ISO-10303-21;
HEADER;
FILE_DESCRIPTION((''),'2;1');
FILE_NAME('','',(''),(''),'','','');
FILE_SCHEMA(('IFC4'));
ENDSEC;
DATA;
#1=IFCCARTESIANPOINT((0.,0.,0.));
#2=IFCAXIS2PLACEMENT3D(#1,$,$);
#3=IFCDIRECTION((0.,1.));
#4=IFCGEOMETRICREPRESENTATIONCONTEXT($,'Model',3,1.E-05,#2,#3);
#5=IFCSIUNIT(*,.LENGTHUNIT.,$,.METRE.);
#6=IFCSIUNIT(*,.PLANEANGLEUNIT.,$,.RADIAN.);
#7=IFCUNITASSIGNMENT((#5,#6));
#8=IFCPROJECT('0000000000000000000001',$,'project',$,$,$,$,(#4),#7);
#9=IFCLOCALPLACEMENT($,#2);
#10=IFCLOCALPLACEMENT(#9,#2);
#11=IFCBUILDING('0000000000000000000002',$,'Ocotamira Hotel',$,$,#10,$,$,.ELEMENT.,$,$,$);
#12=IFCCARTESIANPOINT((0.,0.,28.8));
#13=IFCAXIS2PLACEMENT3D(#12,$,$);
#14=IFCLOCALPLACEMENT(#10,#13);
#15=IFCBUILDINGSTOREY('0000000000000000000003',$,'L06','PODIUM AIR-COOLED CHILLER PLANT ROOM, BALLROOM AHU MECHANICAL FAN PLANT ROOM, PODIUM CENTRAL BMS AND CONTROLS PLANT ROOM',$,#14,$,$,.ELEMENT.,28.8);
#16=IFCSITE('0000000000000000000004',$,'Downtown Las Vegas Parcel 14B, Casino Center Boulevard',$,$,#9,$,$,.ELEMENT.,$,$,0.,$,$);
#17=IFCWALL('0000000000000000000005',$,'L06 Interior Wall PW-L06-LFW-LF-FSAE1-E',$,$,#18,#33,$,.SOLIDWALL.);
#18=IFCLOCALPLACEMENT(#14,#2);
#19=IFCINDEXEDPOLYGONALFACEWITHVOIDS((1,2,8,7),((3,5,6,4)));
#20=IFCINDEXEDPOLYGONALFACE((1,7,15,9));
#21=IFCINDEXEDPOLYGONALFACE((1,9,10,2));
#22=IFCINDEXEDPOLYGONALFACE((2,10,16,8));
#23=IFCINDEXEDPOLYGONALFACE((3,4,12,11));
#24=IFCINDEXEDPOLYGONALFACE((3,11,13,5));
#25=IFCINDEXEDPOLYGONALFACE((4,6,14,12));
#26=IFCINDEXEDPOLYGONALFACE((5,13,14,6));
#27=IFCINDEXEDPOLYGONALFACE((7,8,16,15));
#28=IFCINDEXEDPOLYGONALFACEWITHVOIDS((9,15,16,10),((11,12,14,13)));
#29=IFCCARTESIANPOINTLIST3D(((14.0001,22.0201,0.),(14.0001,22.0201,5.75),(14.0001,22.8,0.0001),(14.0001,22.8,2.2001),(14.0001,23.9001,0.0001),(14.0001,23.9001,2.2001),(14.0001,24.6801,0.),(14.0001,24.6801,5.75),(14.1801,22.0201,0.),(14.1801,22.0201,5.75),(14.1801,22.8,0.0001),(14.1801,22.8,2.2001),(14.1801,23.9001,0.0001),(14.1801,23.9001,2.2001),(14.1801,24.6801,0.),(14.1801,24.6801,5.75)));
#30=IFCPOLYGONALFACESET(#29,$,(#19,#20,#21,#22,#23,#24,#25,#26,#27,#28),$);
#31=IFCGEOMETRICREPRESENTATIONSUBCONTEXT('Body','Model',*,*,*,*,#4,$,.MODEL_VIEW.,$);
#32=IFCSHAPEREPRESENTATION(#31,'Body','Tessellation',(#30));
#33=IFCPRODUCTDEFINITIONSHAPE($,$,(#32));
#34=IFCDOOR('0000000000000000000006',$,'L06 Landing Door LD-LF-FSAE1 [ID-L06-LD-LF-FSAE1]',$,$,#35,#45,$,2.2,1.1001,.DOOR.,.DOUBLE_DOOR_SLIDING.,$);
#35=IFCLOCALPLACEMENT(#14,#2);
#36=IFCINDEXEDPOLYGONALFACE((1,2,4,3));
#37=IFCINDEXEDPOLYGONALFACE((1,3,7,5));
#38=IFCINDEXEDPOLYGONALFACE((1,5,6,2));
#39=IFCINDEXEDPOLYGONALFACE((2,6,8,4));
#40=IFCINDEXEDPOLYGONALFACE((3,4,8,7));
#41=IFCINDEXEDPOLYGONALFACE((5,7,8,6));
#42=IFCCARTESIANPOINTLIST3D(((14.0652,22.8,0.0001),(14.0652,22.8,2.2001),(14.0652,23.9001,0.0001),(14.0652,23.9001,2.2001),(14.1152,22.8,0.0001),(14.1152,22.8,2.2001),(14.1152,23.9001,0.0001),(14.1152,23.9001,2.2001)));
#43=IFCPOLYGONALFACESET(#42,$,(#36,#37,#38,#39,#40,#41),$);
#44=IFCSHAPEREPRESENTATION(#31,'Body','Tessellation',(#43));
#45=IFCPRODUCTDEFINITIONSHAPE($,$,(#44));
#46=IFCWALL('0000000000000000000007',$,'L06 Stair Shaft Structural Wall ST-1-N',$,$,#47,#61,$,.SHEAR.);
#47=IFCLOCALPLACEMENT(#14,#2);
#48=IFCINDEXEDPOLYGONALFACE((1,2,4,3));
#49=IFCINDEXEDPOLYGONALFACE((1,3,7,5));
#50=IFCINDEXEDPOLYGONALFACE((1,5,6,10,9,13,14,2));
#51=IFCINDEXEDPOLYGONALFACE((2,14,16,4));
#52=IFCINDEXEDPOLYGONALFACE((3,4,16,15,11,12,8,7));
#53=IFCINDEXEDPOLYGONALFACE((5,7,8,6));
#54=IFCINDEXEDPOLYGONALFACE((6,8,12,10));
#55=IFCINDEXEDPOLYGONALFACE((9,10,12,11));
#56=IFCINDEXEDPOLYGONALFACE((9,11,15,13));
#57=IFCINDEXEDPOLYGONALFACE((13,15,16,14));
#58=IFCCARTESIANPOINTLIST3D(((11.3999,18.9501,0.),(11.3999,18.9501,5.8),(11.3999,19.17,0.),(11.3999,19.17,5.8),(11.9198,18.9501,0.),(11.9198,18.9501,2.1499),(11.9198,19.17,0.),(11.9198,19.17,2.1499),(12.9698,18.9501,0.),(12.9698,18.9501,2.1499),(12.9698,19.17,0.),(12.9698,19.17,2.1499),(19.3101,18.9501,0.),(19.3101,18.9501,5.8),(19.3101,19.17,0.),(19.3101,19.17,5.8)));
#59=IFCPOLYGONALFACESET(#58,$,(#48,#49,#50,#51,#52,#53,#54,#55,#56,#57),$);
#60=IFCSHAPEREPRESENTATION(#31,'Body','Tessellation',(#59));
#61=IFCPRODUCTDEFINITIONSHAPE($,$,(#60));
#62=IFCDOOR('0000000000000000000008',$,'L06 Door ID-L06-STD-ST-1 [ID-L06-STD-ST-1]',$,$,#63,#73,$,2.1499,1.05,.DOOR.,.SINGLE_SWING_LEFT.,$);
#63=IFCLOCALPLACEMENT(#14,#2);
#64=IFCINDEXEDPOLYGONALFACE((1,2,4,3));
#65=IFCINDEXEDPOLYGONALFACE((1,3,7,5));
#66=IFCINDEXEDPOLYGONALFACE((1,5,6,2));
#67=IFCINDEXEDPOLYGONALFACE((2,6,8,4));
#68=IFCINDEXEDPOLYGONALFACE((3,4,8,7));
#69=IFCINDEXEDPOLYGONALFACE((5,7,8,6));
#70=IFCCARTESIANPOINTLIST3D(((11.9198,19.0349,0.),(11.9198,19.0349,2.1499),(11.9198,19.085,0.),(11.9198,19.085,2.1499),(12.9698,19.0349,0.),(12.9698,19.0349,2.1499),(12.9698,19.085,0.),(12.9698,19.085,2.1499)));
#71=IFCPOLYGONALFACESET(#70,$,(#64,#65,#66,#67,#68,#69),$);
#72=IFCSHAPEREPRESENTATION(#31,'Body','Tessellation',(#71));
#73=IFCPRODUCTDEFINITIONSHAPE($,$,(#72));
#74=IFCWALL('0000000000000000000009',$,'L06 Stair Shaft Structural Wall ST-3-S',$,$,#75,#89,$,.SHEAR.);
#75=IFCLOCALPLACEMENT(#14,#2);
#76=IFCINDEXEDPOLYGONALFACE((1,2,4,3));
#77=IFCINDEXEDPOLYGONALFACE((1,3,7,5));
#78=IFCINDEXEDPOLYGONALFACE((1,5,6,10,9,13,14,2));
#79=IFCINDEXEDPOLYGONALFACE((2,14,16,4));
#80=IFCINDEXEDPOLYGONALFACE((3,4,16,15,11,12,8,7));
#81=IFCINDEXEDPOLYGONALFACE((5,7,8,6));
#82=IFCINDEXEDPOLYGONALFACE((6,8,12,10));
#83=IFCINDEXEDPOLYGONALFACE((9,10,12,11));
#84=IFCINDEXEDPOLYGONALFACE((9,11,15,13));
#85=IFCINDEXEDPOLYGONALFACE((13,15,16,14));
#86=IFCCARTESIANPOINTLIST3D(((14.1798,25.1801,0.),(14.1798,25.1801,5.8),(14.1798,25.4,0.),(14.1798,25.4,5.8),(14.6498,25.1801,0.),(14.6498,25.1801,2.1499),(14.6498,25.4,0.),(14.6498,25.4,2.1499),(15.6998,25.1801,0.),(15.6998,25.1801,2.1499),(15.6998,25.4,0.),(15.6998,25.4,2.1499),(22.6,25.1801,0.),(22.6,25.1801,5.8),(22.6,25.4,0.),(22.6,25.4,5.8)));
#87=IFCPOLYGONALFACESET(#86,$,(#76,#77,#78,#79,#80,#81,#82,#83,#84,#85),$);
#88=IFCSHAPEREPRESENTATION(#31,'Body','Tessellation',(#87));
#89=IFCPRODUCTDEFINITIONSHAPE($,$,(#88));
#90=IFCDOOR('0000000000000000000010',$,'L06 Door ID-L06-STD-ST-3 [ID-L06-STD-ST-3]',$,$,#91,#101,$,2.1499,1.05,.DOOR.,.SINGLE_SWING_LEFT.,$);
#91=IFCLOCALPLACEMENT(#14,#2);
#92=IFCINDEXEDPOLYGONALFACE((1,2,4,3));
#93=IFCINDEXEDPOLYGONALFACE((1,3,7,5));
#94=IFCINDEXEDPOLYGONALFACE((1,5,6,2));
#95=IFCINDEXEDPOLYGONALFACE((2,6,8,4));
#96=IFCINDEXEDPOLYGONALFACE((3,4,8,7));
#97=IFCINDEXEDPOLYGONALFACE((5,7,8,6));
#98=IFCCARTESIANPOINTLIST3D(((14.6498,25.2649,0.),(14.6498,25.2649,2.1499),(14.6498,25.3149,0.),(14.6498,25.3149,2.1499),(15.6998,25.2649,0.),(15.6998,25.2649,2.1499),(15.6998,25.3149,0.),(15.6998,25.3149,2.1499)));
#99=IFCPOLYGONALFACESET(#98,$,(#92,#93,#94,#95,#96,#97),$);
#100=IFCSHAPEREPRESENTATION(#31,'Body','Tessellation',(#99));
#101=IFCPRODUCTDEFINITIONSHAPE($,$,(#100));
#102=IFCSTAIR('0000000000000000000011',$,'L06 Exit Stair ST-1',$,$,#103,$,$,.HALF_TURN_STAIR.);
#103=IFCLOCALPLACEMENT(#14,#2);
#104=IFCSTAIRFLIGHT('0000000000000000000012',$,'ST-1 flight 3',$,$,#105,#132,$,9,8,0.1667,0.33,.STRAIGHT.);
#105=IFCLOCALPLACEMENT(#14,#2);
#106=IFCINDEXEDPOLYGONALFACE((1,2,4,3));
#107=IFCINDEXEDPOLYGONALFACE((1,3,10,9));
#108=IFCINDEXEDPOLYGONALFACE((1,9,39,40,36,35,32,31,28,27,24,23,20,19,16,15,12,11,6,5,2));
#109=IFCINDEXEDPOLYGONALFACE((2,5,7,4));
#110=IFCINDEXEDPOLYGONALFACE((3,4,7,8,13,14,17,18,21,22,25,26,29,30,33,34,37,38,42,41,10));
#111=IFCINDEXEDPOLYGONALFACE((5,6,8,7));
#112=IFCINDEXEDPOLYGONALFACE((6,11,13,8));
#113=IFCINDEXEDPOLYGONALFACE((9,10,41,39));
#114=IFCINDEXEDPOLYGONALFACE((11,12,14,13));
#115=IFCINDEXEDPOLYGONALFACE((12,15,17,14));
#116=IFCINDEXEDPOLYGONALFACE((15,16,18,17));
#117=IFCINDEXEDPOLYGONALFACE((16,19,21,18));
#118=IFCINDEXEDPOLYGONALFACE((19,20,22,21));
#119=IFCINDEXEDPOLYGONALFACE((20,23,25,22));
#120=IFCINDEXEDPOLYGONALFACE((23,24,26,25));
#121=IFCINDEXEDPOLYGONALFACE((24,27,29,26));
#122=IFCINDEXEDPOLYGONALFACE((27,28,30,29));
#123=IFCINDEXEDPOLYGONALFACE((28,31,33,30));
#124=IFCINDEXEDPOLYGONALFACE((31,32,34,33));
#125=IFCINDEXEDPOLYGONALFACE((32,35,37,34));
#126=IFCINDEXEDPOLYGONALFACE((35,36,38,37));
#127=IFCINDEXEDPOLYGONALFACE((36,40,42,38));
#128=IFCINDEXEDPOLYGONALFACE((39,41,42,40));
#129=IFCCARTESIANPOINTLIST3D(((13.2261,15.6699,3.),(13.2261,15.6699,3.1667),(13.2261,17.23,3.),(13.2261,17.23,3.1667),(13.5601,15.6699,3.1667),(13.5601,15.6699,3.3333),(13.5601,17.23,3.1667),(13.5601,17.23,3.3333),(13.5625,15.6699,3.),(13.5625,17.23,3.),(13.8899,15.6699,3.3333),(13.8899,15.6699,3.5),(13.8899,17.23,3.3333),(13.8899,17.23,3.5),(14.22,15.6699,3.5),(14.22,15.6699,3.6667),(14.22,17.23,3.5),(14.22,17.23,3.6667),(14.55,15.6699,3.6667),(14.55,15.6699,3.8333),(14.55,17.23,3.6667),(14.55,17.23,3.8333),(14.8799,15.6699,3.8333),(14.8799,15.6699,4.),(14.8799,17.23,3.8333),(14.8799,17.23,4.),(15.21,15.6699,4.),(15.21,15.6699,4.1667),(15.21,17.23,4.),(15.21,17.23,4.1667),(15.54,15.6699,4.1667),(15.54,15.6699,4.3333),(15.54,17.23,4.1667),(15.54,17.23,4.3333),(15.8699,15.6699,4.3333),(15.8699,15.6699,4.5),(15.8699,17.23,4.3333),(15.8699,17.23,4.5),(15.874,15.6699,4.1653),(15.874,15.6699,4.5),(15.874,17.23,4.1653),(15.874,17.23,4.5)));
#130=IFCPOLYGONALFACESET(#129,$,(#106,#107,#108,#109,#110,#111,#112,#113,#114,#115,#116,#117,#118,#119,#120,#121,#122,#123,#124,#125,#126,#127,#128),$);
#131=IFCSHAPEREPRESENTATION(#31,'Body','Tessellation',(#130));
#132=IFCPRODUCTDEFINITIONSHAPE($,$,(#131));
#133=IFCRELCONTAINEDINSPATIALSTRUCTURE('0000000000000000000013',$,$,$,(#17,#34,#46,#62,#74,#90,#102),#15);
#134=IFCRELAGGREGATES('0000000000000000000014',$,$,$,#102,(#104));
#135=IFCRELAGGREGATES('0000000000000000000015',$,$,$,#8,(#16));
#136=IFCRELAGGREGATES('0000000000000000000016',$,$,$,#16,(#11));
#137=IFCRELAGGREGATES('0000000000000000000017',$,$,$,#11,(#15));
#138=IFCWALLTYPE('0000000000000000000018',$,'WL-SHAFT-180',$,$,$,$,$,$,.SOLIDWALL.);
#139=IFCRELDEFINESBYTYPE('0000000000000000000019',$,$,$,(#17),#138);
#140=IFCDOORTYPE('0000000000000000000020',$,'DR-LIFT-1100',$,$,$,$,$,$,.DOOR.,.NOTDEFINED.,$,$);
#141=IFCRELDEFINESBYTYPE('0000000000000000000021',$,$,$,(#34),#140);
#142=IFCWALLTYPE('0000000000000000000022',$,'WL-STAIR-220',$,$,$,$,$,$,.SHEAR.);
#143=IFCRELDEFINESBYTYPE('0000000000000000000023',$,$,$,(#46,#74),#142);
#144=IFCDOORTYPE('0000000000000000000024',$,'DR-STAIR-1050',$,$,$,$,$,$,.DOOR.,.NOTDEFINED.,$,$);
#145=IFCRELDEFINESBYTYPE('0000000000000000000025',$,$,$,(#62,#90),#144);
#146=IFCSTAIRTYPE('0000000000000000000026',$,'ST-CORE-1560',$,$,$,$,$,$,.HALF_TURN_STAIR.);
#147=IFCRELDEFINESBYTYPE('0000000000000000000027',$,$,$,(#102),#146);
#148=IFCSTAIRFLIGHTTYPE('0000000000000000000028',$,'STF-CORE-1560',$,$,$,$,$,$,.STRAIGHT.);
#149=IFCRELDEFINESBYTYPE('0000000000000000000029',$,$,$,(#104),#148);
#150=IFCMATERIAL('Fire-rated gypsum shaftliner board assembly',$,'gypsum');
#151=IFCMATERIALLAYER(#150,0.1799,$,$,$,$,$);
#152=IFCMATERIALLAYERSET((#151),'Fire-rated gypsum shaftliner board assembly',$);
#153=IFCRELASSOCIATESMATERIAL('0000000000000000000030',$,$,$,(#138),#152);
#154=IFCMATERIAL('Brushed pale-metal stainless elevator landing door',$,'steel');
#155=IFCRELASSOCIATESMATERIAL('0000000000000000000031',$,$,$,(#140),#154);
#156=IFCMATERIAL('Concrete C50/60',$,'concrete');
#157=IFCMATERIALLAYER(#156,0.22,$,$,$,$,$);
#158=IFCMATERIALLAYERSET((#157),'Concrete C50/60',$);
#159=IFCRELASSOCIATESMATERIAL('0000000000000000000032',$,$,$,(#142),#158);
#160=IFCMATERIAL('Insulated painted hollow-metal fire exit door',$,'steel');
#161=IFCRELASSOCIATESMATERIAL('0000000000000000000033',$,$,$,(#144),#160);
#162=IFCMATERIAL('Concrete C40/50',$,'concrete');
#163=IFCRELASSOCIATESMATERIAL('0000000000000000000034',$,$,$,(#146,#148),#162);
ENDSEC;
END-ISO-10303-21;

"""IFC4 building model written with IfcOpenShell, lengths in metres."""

from ifc_helpers import new_model, si_unit, direction, frame, frame_2d, origin, place, context, subcontext, project, spatial, polyline, rectangle, outline, extrude, source, transform, mapped, material, layer, layer_set, type_object, element, fill, aggregate, save


model = new_model("IFC4")

# Units and contexts
model_context = context("Model", 3, precision=1e-05, world=origin(), true_north=direction((0.0, 1.0)))
body_context = subcontext(model_context, "Body", "Model", "MODEL_VIEW")
ifc_project = project(units=[si_unit("LENGTHUNIT", "METRE"), si_unit("PLANEANGLEUNIT", "RADIAN")], contexts=[model_context])

# Site, building, storey
site_placement = place(None, origin())
site = spatial("IfcSite", under=ifc_project, at=site_placement, Name="Downtown Las Vegas Parcel 14B, Casino Center Boulevard", CompositionType="ELEMENT", RefElevation=0.0)
building_placement = place(site_placement, origin())
building = spatial("IfcBuilding", under=site, at=building_placement, Name="Ocotamira Hotel", CompositionType="ELEMENT")
storey_placement = place(building_placement, frame((0.0, 0.0, 28.8)))
storey = spatial("IfcBuildingStorey", under=building, at=storey_placement, Name="L06", Description="PODIUM AIR-COOLED CHILLER PLANT ROOM, BALLROOM AHU MECHANICAL FAN PLANT ROOM, PODIUM CENTRAL BMS AND CONTROLS PLANT ROOM", CompositionType="ELEMENT", Elevation=28.8)

# Shared definitions
ifc_material_1 = material(Name="Concrete C50/60", Category="concrete")

# Shared definitions
ifc_material_2 = material(Name="Fire-rated gypsum shaftliner board assembly", Category="gypsum")
ifc_layer_1 = layer(ifc_material_2, 0.1799)
ifc_layer_set_1 = layer_set([ifc_layer_1], Name="Fire-rated gypsum shaftliner board assembly")
wall_type_1 = type_object("IfcWallType", Name="WL-SHAFT-180", PredefinedType="SOLIDWALL", material=ifc_layer_set_1)

# Walls, openings, doors
wall_1_placement = place(storey_placement, frame((14.0901, 22.02, 0.0), z_axis=(0.0, 0.0, 1.0), x_axis=(0.0, 1.0, 0.0)))
wall_1 = element("IfcWall", 1, at=wall_1_placement, inside=storey, type_object=wall_type_1, Name="L06 Interior Wall PW-L06-LFW-LF-FSAE1-E", PredefinedType="SOLIDWALL", context=body_context, shape_type="SweptSolid", body=[
    extrude(rectangle(XDim=2.6599, YDim=0.1799, at=frame_2d((1.3301, 0.0))), origin(), (0.0, 0.0, 1.0), 5.75),
])
opening_1_placement = place(wall_1_placement, frame((0.78, 0.0, 0.0)))
opening_1 = element("IfcOpeningElement", 2, at=opening_1_placement, cuts=wall_1, PredefinedType="OPENING", context=body_context, shape_type="SweptSolid", body=[
    extrude(rectangle(XDim=1.1001, YDim=2.2, at=frame_2d((0.55, 1.1001))), frame((0.0, 0.1001, 0.0), z_axis=(0.0, -1.0, 0.0), x_axis=(1.0, 0.0, 0.0)), (0.0, 0.0, 1.0), 0.2),
])
ifc_material_3 = material(Name="Brushed pale-metal stainless elevator landing door", Category="steel")
door_type_1 = type_object("IfcDoorType", Name="DR-LIFT-1100", OperationType="NOTDEFINED", PredefinedType="DOOR", material=ifc_material_3)
shared_shape_1 = source(origin(), body_context, "Body", "SweptSolid", [
    extrude(rectangle(XDim=1.1001, YDim=2.2, at=frame_2d((0.55, 1.1001))), frame((0.0, 0.0249, 0.0), z_axis=(0.0, -1.0, 0.0), x_axis=(1.0, 0.0, 0.0)), (0.0, 0.0, 1.0), 0.05),
])
door_1_placement = place(opening_1_placement, origin())
door_1 = element("IfcDoor", 3, at=door_1_placement, inside=storey, type_object=door_type_1, Name="L06 Landing Door LD-LF-FSAE1 [ID-L06-LD-LF-FSAE1]", OperationType="DOUBLE_DOOR_SLIDING", OverallHeight=2.2, OverallWidth=1.1001, PredefinedType="DOOR", context=body_context, shape_type="MappedRepresentation", body=[
    mapped(shared_shape_1, transform((0.0, 0.0, 0.0), scale=1.0)),
])
fill(opening_1, door_1)
ifc_layer_2 = layer(ifc_material_1, 0.22)
ifc_layer_set_2 = layer_set([ifc_layer_2], Name="Concrete C50/60")
wall_type_2 = type_object("IfcWallType", Name="WL-STAIR-220", PredefinedType="SHEAR", material=ifc_layer_set_2)
wall_2_placement = place(storey_placement, frame((11.3999, 19.0601, 0.0), z_axis=(0.0, 0.0, 1.0), x_axis=(1.0, 0.0, 0.0)))
wall_2 = element("IfcWall", 4, at=wall_2_placement, inside=storey, type_object=wall_type_2, Name="L06 Stair Shaft Structural Wall ST-1-N", PredefinedType="SHEAR", context=body_context, shape_type="SweptSolid", body=[
    extrude(rectangle(XDim=7.9102, YDim=0.22, at=frame_2d((3.9551, 0.0))), origin(), (0.0, 0.0, 1.0), 5.8),
])
opening_2_placement = place(wall_2_placement, frame((0.52, 0.0, 0.0)))
opening_2 = element("IfcOpeningElement", 5, at=opening_2_placement, cuts=wall_2, PredefinedType="OPENING", context=body_context, shape_type="SweptSolid", body=[
    extrude(rectangle(XDim=1.05, YDim=2.1499, at=frame_2d((0.5249, 1.075))), frame((0.0, 0.1201, 0.0), z_axis=(0.0, -1.0, 0.0), x_axis=(1.0, 0.0, 0.0)), (0.0, 0.0, 1.0), 0.24),
])
ifc_material_4 = material(Name="Insulated painted hollow-metal fire exit door", Category="steel")
door_type_2 = type_object("IfcDoorType", Name="DR-STAIR-1050", OperationType="NOTDEFINED", PredefinedType="DOOR", material=ifc_material_4)
shared_shape_2 = source(origin(), body_context, "Body", "SweptSolid", [
    extrude(rectangle(XDim=1.05, YDim=2.1499, at=frame_2d((0.5249, 1.075))), frame((0.0, 0.0249, 0.0), z_axis=(0.0, -1.0, 0.0), x_axis=(1.0, 0.0, 0.0)), (0.0, 0.0, 1.0), 0.05),
])
door_2_placement = place(opening_2_placement, origin())
door_2 = element("IfcDoor", 6, at=door_2_placement, inside=storey, type_object=door_type_2, Name="L06 Door ID-L06-STD-ST-1 [ID-L06-STD-ST-1]", OperationType="SINGLE_SWING_LEFT", OverallHeight=2.1499, OverallWidth=1.05, PredefinedType="DOOR", context=body_context, shape_type="MappedRepresentation", body=[
    mapped(shared_shape_2, transform((0.0, 0.0, 0.0), scale=1.0)),
])
fill(opening_2, door_2)
wall_3_placement = place(storey_placement, frame((14.1799, 25.29, 0.0), z_axis=(0.0, 0.0, 1.0), x_axis=(1.0, 0.0, 0.0)))
wall_3 = element("IfcWall", 7, at=wall_3_placement, inside=storey, type_object=wall_type_2, Name="L06 Stair Shaft Structural Wall ST-3-S", PredefinedType="SHEAR", context=body_context, shape_type="SweptSolid", body=[
    extrude(rectangle(XDim=8.4202, YDim=0.22, at=frame_2d((4.21, 0.0))), origin(), (0.0, 0.0, 1.0), 5.8),
])
opening_3_placement = place(wall_3_placement, frame((0.47, 0.0, 0.0)))
opening_3 = element("IfcOpeningElement", 8, at=opening_3_placement, cuts=wall_3, PredefinedType="OPENING", context=body_context, shape_type="SweptSolid", body=[
    extrude(rectangle(XDim=1.05, YDim=2.1499, at=frame_2d((0.5249, 1.075))), frame((0.0, 0.1201, 0.0), z_axis=(0.0, -1.0, 0.0), x_axis=(1.0, 0.0, 0.0)), (0.0, 0.0, 1.0), 0.24),
])
door_3_placement = place(opening_3_placement, origin())
door_3 = element("IfcDoor", 9, at=door_3_placement, inside=storey, type_object=door_type_2, Name="L06 Door ID-L06-STD-ST-3 [ID-L06-STD-ST-3]", OperationType="SINGLE_SWING_LEFT", OverallHeight=2.1499, OverallWidth=1.05, PredefinedType="DOOR", context=body_context, shape_type="MappedRepresentation", body=[
    mapped(shared_shape_2, transform((0.0, 0.0, 0.0), scale=1.0)),
])
fill(opening_3, door_3)

# Stair, stair flight
ifc_material_5 = material(Name="Concrete C40/50", Category="concrete")
stair_type = type_object("IfcStairType", Name="ST-CORE-1560", PredefinedType="HALF_TURN_STAIR", material=ifc_material_5)
stair_placement = place(storey_placement, origin())
stair = element("IfcStair", 10, at=stair_placement, inside=storey, type_object=stair_type, Name="L06 Exit Stair ST-1", PredefinedType="HALF_TURN_STAIR")
stair_flight_type = type_object("IfcStairFlightType", Name="STF-CORE-1560", PredefinedType="STRAIGHT", material=ifc_material_5)
shared_shape_3 = source(origin(), body_context, "Body", "SweptSolid", [
    extrude(outline(polyline([(-0.0039, 0.0), (-0.0039, 0.1667), (0.3301, 0.1667), (0.3301, 0.3333), (0.6599, 0.3333), (0.6599, 0.5), (0.99, 0.5), (0.99, 0.6667), (1.3201, 0.6667), (1.3201, 0.8333), (1.6499, 0.8333), (1.6499, 1.0), (1.98, 1.0), (1.98, 1.1667), (2.3101, 1.1667), (2.3101, 1.3333), (2.6399, 1.3333), (2.6399, 1.5), (2.644, 1.5), (2.644, 1.1653), (0.3325, 0.0), (-0.0039, 0.0)])), frame((0.0, 0.78, 0.0), z_axis=(0.0, -1.0, 0.0), x_axis=(1.0, 0.0, 0.0)), (0.0, 0.0, 1.0), 1.5601),
])
stair_flight_placement = place(storey_placement, frame((13.23, 16.45, 3.0), z_axis=(0.0, 0.0, 1.0), x_axis=(1.0, 0.0, 0.0)))
stair_flight = element("IfcStairFlight", 11, at=stair_flight_placement, type_object=stair_flight_type, Name="ST-1 flight 3", NumberOfRisers=9, NumberOfTreads=8, PredefinedType="STRAIGHT", RiserHeight=0.1667, TreadLength=0.33, context=body_context, shape_type="MappedRepresentation", body=[
    mapped(shared_shape_3, transform((0.0, 0.0, 0.0), scale=1.0)),
])
aggregate(stair, [stair_flight])

save(model, "model.ifc")
